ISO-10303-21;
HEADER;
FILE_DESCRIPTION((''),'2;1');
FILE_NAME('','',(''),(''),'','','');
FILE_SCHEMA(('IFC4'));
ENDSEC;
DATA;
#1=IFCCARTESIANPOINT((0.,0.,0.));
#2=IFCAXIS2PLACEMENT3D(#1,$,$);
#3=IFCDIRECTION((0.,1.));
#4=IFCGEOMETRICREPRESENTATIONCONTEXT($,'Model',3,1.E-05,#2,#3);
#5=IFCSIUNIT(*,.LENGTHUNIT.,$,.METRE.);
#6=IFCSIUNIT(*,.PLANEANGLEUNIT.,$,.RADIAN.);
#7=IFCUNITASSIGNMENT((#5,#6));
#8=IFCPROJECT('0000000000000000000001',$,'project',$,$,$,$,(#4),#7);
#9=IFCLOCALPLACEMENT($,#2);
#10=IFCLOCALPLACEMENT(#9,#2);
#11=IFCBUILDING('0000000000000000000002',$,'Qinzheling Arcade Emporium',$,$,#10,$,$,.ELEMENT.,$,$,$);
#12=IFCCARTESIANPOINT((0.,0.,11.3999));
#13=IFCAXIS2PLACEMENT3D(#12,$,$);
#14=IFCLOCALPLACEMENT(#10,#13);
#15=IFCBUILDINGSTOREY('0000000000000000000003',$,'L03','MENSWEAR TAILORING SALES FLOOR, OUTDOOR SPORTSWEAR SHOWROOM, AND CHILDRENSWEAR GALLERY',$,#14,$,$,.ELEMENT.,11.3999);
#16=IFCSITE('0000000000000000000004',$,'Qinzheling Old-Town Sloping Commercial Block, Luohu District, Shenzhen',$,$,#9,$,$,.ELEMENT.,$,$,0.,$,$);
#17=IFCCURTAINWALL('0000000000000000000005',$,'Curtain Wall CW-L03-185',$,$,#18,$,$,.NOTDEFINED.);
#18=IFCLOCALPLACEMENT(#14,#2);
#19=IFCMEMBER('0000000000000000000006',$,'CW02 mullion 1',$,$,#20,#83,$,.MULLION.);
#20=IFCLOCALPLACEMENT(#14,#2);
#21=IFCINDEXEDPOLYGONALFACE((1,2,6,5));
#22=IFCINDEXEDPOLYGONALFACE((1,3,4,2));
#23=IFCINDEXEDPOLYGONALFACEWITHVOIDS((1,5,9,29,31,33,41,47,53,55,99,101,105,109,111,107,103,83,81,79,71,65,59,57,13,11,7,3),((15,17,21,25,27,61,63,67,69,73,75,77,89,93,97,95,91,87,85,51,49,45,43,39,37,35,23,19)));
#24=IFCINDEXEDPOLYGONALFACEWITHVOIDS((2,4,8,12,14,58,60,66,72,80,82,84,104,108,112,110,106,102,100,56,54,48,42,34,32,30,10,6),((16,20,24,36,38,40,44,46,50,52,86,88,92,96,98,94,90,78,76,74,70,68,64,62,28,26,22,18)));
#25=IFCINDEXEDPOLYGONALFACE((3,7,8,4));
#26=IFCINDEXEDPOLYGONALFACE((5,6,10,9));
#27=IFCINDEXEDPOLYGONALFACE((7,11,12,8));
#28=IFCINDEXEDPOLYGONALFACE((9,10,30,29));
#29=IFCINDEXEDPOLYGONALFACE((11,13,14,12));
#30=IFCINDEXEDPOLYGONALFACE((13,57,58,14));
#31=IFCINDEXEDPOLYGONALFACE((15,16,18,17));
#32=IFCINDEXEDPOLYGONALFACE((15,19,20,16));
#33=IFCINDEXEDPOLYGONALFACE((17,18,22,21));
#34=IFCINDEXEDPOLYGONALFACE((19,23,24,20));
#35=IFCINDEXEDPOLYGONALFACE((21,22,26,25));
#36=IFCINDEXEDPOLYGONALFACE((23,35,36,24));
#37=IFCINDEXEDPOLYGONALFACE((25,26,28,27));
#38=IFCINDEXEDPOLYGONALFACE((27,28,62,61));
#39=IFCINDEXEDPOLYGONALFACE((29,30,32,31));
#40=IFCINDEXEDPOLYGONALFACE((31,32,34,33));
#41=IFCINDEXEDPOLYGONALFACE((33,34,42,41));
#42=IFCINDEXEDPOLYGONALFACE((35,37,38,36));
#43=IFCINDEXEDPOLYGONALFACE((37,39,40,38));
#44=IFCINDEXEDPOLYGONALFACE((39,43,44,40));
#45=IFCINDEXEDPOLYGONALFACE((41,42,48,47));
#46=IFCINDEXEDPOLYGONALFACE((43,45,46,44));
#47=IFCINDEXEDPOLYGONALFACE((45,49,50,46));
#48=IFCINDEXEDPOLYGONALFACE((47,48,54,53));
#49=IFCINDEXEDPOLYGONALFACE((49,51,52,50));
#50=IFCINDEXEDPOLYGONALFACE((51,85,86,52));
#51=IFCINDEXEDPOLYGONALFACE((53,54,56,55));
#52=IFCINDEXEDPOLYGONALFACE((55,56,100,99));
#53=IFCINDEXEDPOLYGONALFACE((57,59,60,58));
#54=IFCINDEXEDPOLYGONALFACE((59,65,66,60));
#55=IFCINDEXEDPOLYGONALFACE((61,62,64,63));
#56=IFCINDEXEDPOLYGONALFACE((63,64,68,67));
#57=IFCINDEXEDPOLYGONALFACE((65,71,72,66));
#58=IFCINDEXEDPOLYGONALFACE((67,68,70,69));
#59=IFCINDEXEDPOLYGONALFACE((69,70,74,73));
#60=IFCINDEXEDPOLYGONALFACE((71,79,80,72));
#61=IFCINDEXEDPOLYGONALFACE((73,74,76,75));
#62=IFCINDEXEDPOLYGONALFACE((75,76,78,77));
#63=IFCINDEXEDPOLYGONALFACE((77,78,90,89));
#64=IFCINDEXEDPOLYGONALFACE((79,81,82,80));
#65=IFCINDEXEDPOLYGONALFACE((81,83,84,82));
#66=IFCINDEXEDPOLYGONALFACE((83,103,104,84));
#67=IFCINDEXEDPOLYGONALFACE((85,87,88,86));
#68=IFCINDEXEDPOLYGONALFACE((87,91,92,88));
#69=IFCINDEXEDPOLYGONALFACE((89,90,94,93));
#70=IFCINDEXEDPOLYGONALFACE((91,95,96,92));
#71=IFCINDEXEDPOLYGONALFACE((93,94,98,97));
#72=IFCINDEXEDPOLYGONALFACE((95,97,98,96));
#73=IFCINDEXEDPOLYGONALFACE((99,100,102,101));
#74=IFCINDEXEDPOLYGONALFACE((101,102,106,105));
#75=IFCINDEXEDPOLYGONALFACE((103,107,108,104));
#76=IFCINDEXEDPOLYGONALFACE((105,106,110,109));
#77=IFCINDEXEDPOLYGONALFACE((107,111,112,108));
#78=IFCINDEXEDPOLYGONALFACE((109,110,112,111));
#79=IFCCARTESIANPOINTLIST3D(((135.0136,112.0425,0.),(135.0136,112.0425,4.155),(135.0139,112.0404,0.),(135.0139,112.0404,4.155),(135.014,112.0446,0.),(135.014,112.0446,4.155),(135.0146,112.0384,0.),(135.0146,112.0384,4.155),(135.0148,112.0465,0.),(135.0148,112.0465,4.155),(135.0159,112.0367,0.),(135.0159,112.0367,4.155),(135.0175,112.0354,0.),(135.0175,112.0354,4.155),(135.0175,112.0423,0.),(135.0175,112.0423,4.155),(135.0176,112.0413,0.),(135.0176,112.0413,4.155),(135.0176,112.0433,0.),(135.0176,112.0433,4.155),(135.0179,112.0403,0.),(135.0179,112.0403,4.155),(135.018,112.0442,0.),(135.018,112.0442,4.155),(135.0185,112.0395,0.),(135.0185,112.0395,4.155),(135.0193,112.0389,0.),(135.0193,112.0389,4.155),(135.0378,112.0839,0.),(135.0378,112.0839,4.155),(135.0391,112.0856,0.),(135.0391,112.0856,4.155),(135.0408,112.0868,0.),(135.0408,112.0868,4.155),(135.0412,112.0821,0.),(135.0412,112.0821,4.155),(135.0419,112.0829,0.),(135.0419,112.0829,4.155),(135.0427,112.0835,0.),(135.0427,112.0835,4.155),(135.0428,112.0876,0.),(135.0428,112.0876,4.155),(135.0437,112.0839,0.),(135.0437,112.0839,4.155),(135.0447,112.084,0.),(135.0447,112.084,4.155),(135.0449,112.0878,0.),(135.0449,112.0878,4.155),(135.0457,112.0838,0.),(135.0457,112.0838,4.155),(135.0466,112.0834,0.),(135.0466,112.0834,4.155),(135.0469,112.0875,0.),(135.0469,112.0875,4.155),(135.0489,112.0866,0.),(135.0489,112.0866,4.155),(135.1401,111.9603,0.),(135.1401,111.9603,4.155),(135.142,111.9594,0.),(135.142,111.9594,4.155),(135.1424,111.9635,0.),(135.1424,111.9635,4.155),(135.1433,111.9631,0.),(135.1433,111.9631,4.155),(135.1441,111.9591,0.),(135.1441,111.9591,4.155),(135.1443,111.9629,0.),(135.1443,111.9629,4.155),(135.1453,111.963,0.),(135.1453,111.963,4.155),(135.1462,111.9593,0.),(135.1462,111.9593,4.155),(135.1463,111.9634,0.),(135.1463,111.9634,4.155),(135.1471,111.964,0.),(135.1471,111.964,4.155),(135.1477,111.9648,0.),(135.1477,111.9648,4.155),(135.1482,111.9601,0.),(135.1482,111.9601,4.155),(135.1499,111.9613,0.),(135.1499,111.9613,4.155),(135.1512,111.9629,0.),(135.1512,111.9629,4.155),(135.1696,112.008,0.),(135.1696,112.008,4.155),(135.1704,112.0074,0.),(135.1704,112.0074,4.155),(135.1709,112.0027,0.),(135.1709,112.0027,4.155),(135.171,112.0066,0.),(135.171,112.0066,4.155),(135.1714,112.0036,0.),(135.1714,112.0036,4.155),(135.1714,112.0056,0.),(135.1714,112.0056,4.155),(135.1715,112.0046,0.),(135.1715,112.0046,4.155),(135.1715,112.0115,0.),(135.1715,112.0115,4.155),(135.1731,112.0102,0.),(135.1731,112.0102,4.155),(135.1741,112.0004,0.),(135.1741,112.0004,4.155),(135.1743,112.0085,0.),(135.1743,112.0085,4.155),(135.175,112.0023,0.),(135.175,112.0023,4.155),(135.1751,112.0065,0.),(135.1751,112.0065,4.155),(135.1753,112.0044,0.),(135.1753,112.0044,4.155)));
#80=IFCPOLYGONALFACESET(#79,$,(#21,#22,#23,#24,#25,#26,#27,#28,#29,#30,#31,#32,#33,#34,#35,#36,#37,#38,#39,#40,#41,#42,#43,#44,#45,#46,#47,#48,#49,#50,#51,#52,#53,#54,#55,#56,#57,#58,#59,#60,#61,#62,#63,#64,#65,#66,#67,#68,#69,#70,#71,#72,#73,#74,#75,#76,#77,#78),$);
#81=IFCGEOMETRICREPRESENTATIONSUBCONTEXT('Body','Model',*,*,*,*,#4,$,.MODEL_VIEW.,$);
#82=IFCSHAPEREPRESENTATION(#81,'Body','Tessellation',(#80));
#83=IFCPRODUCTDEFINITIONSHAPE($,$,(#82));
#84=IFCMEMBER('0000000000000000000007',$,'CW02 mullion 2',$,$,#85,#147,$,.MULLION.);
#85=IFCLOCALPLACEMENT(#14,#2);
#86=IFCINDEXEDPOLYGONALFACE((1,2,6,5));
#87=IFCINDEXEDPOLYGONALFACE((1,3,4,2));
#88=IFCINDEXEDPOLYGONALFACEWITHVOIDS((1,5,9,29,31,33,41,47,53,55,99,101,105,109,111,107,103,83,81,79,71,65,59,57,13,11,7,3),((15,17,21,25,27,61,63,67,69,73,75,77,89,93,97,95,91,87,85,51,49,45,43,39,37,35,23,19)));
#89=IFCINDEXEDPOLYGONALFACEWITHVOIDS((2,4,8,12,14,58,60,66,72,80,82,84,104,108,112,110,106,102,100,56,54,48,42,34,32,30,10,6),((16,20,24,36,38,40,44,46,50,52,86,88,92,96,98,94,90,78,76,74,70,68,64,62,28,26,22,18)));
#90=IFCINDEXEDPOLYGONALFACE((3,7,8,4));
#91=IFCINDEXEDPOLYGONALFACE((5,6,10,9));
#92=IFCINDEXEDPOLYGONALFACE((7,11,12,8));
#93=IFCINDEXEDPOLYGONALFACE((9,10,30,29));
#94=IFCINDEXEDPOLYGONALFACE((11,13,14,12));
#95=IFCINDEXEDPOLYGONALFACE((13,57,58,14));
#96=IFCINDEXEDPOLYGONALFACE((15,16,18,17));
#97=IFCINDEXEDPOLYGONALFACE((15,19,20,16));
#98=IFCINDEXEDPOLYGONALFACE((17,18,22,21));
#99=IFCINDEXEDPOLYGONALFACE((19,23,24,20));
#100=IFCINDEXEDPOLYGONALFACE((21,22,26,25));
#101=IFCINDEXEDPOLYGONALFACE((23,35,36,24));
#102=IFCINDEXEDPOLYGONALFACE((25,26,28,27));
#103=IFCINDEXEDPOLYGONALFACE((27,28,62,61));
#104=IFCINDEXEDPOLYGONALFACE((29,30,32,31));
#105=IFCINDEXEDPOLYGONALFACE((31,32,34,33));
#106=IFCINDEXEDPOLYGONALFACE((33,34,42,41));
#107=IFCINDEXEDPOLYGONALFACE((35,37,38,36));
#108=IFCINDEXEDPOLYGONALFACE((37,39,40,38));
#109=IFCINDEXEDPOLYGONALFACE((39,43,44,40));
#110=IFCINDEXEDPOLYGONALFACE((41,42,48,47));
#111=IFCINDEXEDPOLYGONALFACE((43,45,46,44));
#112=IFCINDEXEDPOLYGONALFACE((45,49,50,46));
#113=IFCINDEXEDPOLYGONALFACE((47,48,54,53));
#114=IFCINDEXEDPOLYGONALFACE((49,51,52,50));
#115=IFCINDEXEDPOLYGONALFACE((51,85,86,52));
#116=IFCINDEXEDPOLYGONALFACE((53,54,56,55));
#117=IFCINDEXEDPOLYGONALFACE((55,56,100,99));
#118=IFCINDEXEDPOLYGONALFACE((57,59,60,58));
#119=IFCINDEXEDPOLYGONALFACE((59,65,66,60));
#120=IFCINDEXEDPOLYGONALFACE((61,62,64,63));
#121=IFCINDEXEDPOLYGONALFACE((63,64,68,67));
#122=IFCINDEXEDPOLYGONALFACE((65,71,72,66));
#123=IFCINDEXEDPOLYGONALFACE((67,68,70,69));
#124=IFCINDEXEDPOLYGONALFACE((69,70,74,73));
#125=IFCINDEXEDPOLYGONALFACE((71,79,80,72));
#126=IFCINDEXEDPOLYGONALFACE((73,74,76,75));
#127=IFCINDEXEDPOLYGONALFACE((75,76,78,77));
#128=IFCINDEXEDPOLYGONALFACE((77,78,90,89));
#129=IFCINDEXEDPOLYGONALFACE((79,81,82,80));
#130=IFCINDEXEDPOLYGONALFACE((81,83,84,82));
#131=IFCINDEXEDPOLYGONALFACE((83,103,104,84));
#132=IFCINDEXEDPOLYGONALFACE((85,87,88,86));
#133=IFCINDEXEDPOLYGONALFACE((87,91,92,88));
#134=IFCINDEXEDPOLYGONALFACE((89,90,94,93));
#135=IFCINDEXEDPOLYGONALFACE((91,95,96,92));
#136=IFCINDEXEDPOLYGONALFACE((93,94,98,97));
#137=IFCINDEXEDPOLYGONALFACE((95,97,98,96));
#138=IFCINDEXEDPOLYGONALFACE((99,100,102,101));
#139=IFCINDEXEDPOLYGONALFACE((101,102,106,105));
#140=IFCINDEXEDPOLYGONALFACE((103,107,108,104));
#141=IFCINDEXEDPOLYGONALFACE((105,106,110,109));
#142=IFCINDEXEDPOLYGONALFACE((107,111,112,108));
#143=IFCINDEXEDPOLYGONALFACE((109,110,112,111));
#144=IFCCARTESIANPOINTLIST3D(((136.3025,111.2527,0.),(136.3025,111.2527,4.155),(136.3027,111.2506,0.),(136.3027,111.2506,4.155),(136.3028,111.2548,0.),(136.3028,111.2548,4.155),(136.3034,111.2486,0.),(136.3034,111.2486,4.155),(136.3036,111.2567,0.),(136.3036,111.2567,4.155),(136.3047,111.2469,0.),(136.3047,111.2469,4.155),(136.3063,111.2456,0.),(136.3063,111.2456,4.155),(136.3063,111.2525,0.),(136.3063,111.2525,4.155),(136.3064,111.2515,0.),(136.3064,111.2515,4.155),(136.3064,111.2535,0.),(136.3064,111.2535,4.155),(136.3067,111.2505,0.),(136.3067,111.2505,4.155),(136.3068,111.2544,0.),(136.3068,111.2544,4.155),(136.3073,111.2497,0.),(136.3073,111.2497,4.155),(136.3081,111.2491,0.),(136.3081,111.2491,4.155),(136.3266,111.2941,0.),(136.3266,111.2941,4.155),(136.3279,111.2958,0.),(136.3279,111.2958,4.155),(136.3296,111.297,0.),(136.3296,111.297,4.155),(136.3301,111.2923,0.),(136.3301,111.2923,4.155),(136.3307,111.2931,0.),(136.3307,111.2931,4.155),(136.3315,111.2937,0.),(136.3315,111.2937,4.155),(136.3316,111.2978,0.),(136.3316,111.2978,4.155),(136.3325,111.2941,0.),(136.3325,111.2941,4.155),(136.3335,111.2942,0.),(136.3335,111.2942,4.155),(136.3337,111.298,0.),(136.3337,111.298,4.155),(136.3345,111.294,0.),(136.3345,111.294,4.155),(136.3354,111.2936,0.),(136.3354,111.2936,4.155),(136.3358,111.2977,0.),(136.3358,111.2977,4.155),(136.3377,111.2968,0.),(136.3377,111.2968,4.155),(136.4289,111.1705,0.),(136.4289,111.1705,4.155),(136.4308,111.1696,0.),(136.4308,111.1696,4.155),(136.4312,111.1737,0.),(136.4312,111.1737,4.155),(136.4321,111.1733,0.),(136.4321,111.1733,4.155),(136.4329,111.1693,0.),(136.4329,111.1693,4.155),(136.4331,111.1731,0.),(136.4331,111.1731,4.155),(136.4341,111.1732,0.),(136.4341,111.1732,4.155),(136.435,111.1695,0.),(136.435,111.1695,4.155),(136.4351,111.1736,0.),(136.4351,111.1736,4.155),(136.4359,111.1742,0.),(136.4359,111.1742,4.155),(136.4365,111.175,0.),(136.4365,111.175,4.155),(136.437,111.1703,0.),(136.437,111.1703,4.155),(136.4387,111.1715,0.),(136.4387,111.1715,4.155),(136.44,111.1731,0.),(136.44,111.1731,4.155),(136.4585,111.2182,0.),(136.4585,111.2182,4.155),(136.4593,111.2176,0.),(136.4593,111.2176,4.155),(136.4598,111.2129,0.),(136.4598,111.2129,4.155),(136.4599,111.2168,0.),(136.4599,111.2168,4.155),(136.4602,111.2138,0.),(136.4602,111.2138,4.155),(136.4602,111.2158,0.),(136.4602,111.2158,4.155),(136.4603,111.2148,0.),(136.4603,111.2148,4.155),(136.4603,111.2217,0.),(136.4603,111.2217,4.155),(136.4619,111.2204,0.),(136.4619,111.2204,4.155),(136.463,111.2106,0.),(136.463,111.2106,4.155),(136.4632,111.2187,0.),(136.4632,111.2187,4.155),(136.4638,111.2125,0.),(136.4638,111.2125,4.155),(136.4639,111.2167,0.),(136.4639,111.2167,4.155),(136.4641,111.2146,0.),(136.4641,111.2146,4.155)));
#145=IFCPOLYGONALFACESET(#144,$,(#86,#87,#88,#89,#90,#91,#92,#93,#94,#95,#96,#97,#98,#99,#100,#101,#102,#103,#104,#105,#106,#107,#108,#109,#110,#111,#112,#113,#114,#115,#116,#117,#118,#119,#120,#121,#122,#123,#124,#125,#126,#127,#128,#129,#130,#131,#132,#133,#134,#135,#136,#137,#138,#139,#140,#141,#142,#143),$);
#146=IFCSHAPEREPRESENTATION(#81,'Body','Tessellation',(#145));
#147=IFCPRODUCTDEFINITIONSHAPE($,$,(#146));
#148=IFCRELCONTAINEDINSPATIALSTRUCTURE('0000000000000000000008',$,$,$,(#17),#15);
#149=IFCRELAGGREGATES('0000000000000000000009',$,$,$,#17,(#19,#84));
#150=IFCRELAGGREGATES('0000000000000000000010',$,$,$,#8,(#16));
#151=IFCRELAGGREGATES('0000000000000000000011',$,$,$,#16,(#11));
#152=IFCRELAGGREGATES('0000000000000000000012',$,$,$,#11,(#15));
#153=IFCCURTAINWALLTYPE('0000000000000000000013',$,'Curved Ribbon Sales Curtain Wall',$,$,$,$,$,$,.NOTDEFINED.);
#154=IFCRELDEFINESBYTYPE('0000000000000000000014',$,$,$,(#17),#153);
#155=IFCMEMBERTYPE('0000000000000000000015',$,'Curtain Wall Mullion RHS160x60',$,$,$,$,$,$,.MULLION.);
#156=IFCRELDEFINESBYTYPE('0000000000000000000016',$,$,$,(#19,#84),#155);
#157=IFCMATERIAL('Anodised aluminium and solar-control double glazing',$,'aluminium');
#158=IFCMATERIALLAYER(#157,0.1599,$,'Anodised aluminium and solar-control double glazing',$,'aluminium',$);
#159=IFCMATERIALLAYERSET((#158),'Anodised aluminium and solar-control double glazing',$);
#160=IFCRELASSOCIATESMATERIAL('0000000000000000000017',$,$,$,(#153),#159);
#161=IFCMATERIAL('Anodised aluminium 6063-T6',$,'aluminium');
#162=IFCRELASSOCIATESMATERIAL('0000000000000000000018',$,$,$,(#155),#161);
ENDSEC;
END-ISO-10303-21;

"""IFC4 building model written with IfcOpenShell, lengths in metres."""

from ifc_helpers import new_model, si_unit, direction, frame, origin, origin_2d, place, context, subcontext, project, spatial, hollow_rectangle, extrude, material, layer, layer_set, material_profile, profile_set, type_object, element, aggregate, save


model = new_model("IFC4")

# Units and contexts
model_context = context("Model", 3, precision=1e-05, world=origin(), true_north=direction((0.0, 1.0)))
body_context = subcontext(model_context, "Body", "Model", "MODEL_VIEW")
ifc_project = project(units=[si_unit("LENGTHUNIT", "METRE"), si_unit("PLANEANGLEUNIT", "RADIAN")], contexts=[model_context])

# Site, building, storey
site_placement = place(None, origin())
site = spatial("IfcSite", under=ifc_project, at=site_placement, Name="Qinzheling Old-Town Sloping Commercial Block, Luohu District, Shenzhen", CompositionType="ELEMENT", RefElevation=0.0)
building_placement = place(site_placement, origin())
building = spatial("IfcBuilding", under=site, at=building_placement, Name="Qinzheling Arcade Emporium", CompositionType="ELEMENT")
storey_placement = place(building_placement, frame((0.0, 0.0, 11.3999)))
storey = spatial("IfcBuildingStorey", under=building, at=storey_placement, Name="L03", Description="MENSWEAR TAILORING SALES FLOOR, OUTDOOR SPORTSWEAR SHOWROOM, AND CHILDRENSWEAR GALLERY", CompositionType="ELEMENT", Elevation=11.3999)

# Curtain wall, members
ifc_material_1 = material(Name="Anodised aluminium and solar-control double glazing", Category="aluminium")
ifc_layer_1 = layer(ifc_material_1, 0.1599, Name="Anodised aluminium and solar-control double glazing", Category="aluminium")
ifc_layer_set_1 = layer_set([ifc_layer_1], Name="Anodised aluminium and solar-control double glazing")
curtain_wall_type = type_object("IfcCurtainWallType", Name="Curved Ribbon Sales Curtain Wall", PredefinedType="NOTDEFINED", material=ifc_layer_set_1)
ifc_material_2 = material(Name="Anodised aluminium 6063-T6", Category="aluminium")
ifc_material_profile_1 = material_profile(ifc_material_2, hollow_rectangle(XDim=0.0601, YDim=0.1599, WallThickness=0.0039, InnerFilletRadius=0.0039, OuterFilletRadius=0.0081, at=origin_2d()), Name="RHS 160x60x4", Category="aluminium")
ifc_profile_set_1 = profile_set([ifc_material_profile_1], Name="Anodised aluminium 6063-T6")
member_type_1 = type_object("IfcMemberType", Name="Curtain Wall Mullion RHS160x60", PredefinedType="MULLION", material=ifc_profile_set_1)
curtain_wall_1_placement = place(storey_placement, origin())
curtain_wall_1 = element("IfcCurtainWall", 1, at=curtain_wall_1_placement, inside=storey, type_object=curtain_wall_type, Name="Curtain Wall CW-L03-185", PredefinedType="NOTDEFINED")
member_1_placement = place(storey_placement, frame((135.0945, 112.0234, 0.0), z_axis=(0.0, 0.0, 1.0), x_axis=(0.522428, 0.852684, 0.0)))
member_1 = element("IfcMember", 2, at=member_1_placement, type_object=member_type_1, Name="CW02 mullion 1", PredefinedType="MULLION", context=body_context, shape_type="SweptSolid", body=[
    extrude(hollow_rectangle(XDim=0.0601, YDim=0.1599, WallThickness=0.0039, InnerFilletRadius=0.0039, OuterFilletRadius=0.0081, at=origin_2d()), origin(), (0.0, 0.0, 1.0), 4.155),
])
member_2_placement = place(storey_placement, frame((136.3833, 111.2336, 0.0), z_axis=(0.0, 0.0, 1.0), x_axis=(0.522428, 0.852684, 0.0)))
member_2 = element("IfcMember", 3, at=member_2_placement, type_object=member_type_1, Name="CW02 mullion 2", PredefinedType="MULLION", context=body_context, shape_type="SweptSolid", body=[
    extrude(hollow_rectangle(XDim=0.0601, YDim=0.1599, WallThickness=0.0039, InnerFilletRadius=0.0039, OuterFilletRadius=0.0081, at=origin_2d()), origin(), (0.0, 0.0, 1.0), 4.155),
])

aggregate(curtain_wall_1, [member_1, member_2])

save(model, "model.ifc")
